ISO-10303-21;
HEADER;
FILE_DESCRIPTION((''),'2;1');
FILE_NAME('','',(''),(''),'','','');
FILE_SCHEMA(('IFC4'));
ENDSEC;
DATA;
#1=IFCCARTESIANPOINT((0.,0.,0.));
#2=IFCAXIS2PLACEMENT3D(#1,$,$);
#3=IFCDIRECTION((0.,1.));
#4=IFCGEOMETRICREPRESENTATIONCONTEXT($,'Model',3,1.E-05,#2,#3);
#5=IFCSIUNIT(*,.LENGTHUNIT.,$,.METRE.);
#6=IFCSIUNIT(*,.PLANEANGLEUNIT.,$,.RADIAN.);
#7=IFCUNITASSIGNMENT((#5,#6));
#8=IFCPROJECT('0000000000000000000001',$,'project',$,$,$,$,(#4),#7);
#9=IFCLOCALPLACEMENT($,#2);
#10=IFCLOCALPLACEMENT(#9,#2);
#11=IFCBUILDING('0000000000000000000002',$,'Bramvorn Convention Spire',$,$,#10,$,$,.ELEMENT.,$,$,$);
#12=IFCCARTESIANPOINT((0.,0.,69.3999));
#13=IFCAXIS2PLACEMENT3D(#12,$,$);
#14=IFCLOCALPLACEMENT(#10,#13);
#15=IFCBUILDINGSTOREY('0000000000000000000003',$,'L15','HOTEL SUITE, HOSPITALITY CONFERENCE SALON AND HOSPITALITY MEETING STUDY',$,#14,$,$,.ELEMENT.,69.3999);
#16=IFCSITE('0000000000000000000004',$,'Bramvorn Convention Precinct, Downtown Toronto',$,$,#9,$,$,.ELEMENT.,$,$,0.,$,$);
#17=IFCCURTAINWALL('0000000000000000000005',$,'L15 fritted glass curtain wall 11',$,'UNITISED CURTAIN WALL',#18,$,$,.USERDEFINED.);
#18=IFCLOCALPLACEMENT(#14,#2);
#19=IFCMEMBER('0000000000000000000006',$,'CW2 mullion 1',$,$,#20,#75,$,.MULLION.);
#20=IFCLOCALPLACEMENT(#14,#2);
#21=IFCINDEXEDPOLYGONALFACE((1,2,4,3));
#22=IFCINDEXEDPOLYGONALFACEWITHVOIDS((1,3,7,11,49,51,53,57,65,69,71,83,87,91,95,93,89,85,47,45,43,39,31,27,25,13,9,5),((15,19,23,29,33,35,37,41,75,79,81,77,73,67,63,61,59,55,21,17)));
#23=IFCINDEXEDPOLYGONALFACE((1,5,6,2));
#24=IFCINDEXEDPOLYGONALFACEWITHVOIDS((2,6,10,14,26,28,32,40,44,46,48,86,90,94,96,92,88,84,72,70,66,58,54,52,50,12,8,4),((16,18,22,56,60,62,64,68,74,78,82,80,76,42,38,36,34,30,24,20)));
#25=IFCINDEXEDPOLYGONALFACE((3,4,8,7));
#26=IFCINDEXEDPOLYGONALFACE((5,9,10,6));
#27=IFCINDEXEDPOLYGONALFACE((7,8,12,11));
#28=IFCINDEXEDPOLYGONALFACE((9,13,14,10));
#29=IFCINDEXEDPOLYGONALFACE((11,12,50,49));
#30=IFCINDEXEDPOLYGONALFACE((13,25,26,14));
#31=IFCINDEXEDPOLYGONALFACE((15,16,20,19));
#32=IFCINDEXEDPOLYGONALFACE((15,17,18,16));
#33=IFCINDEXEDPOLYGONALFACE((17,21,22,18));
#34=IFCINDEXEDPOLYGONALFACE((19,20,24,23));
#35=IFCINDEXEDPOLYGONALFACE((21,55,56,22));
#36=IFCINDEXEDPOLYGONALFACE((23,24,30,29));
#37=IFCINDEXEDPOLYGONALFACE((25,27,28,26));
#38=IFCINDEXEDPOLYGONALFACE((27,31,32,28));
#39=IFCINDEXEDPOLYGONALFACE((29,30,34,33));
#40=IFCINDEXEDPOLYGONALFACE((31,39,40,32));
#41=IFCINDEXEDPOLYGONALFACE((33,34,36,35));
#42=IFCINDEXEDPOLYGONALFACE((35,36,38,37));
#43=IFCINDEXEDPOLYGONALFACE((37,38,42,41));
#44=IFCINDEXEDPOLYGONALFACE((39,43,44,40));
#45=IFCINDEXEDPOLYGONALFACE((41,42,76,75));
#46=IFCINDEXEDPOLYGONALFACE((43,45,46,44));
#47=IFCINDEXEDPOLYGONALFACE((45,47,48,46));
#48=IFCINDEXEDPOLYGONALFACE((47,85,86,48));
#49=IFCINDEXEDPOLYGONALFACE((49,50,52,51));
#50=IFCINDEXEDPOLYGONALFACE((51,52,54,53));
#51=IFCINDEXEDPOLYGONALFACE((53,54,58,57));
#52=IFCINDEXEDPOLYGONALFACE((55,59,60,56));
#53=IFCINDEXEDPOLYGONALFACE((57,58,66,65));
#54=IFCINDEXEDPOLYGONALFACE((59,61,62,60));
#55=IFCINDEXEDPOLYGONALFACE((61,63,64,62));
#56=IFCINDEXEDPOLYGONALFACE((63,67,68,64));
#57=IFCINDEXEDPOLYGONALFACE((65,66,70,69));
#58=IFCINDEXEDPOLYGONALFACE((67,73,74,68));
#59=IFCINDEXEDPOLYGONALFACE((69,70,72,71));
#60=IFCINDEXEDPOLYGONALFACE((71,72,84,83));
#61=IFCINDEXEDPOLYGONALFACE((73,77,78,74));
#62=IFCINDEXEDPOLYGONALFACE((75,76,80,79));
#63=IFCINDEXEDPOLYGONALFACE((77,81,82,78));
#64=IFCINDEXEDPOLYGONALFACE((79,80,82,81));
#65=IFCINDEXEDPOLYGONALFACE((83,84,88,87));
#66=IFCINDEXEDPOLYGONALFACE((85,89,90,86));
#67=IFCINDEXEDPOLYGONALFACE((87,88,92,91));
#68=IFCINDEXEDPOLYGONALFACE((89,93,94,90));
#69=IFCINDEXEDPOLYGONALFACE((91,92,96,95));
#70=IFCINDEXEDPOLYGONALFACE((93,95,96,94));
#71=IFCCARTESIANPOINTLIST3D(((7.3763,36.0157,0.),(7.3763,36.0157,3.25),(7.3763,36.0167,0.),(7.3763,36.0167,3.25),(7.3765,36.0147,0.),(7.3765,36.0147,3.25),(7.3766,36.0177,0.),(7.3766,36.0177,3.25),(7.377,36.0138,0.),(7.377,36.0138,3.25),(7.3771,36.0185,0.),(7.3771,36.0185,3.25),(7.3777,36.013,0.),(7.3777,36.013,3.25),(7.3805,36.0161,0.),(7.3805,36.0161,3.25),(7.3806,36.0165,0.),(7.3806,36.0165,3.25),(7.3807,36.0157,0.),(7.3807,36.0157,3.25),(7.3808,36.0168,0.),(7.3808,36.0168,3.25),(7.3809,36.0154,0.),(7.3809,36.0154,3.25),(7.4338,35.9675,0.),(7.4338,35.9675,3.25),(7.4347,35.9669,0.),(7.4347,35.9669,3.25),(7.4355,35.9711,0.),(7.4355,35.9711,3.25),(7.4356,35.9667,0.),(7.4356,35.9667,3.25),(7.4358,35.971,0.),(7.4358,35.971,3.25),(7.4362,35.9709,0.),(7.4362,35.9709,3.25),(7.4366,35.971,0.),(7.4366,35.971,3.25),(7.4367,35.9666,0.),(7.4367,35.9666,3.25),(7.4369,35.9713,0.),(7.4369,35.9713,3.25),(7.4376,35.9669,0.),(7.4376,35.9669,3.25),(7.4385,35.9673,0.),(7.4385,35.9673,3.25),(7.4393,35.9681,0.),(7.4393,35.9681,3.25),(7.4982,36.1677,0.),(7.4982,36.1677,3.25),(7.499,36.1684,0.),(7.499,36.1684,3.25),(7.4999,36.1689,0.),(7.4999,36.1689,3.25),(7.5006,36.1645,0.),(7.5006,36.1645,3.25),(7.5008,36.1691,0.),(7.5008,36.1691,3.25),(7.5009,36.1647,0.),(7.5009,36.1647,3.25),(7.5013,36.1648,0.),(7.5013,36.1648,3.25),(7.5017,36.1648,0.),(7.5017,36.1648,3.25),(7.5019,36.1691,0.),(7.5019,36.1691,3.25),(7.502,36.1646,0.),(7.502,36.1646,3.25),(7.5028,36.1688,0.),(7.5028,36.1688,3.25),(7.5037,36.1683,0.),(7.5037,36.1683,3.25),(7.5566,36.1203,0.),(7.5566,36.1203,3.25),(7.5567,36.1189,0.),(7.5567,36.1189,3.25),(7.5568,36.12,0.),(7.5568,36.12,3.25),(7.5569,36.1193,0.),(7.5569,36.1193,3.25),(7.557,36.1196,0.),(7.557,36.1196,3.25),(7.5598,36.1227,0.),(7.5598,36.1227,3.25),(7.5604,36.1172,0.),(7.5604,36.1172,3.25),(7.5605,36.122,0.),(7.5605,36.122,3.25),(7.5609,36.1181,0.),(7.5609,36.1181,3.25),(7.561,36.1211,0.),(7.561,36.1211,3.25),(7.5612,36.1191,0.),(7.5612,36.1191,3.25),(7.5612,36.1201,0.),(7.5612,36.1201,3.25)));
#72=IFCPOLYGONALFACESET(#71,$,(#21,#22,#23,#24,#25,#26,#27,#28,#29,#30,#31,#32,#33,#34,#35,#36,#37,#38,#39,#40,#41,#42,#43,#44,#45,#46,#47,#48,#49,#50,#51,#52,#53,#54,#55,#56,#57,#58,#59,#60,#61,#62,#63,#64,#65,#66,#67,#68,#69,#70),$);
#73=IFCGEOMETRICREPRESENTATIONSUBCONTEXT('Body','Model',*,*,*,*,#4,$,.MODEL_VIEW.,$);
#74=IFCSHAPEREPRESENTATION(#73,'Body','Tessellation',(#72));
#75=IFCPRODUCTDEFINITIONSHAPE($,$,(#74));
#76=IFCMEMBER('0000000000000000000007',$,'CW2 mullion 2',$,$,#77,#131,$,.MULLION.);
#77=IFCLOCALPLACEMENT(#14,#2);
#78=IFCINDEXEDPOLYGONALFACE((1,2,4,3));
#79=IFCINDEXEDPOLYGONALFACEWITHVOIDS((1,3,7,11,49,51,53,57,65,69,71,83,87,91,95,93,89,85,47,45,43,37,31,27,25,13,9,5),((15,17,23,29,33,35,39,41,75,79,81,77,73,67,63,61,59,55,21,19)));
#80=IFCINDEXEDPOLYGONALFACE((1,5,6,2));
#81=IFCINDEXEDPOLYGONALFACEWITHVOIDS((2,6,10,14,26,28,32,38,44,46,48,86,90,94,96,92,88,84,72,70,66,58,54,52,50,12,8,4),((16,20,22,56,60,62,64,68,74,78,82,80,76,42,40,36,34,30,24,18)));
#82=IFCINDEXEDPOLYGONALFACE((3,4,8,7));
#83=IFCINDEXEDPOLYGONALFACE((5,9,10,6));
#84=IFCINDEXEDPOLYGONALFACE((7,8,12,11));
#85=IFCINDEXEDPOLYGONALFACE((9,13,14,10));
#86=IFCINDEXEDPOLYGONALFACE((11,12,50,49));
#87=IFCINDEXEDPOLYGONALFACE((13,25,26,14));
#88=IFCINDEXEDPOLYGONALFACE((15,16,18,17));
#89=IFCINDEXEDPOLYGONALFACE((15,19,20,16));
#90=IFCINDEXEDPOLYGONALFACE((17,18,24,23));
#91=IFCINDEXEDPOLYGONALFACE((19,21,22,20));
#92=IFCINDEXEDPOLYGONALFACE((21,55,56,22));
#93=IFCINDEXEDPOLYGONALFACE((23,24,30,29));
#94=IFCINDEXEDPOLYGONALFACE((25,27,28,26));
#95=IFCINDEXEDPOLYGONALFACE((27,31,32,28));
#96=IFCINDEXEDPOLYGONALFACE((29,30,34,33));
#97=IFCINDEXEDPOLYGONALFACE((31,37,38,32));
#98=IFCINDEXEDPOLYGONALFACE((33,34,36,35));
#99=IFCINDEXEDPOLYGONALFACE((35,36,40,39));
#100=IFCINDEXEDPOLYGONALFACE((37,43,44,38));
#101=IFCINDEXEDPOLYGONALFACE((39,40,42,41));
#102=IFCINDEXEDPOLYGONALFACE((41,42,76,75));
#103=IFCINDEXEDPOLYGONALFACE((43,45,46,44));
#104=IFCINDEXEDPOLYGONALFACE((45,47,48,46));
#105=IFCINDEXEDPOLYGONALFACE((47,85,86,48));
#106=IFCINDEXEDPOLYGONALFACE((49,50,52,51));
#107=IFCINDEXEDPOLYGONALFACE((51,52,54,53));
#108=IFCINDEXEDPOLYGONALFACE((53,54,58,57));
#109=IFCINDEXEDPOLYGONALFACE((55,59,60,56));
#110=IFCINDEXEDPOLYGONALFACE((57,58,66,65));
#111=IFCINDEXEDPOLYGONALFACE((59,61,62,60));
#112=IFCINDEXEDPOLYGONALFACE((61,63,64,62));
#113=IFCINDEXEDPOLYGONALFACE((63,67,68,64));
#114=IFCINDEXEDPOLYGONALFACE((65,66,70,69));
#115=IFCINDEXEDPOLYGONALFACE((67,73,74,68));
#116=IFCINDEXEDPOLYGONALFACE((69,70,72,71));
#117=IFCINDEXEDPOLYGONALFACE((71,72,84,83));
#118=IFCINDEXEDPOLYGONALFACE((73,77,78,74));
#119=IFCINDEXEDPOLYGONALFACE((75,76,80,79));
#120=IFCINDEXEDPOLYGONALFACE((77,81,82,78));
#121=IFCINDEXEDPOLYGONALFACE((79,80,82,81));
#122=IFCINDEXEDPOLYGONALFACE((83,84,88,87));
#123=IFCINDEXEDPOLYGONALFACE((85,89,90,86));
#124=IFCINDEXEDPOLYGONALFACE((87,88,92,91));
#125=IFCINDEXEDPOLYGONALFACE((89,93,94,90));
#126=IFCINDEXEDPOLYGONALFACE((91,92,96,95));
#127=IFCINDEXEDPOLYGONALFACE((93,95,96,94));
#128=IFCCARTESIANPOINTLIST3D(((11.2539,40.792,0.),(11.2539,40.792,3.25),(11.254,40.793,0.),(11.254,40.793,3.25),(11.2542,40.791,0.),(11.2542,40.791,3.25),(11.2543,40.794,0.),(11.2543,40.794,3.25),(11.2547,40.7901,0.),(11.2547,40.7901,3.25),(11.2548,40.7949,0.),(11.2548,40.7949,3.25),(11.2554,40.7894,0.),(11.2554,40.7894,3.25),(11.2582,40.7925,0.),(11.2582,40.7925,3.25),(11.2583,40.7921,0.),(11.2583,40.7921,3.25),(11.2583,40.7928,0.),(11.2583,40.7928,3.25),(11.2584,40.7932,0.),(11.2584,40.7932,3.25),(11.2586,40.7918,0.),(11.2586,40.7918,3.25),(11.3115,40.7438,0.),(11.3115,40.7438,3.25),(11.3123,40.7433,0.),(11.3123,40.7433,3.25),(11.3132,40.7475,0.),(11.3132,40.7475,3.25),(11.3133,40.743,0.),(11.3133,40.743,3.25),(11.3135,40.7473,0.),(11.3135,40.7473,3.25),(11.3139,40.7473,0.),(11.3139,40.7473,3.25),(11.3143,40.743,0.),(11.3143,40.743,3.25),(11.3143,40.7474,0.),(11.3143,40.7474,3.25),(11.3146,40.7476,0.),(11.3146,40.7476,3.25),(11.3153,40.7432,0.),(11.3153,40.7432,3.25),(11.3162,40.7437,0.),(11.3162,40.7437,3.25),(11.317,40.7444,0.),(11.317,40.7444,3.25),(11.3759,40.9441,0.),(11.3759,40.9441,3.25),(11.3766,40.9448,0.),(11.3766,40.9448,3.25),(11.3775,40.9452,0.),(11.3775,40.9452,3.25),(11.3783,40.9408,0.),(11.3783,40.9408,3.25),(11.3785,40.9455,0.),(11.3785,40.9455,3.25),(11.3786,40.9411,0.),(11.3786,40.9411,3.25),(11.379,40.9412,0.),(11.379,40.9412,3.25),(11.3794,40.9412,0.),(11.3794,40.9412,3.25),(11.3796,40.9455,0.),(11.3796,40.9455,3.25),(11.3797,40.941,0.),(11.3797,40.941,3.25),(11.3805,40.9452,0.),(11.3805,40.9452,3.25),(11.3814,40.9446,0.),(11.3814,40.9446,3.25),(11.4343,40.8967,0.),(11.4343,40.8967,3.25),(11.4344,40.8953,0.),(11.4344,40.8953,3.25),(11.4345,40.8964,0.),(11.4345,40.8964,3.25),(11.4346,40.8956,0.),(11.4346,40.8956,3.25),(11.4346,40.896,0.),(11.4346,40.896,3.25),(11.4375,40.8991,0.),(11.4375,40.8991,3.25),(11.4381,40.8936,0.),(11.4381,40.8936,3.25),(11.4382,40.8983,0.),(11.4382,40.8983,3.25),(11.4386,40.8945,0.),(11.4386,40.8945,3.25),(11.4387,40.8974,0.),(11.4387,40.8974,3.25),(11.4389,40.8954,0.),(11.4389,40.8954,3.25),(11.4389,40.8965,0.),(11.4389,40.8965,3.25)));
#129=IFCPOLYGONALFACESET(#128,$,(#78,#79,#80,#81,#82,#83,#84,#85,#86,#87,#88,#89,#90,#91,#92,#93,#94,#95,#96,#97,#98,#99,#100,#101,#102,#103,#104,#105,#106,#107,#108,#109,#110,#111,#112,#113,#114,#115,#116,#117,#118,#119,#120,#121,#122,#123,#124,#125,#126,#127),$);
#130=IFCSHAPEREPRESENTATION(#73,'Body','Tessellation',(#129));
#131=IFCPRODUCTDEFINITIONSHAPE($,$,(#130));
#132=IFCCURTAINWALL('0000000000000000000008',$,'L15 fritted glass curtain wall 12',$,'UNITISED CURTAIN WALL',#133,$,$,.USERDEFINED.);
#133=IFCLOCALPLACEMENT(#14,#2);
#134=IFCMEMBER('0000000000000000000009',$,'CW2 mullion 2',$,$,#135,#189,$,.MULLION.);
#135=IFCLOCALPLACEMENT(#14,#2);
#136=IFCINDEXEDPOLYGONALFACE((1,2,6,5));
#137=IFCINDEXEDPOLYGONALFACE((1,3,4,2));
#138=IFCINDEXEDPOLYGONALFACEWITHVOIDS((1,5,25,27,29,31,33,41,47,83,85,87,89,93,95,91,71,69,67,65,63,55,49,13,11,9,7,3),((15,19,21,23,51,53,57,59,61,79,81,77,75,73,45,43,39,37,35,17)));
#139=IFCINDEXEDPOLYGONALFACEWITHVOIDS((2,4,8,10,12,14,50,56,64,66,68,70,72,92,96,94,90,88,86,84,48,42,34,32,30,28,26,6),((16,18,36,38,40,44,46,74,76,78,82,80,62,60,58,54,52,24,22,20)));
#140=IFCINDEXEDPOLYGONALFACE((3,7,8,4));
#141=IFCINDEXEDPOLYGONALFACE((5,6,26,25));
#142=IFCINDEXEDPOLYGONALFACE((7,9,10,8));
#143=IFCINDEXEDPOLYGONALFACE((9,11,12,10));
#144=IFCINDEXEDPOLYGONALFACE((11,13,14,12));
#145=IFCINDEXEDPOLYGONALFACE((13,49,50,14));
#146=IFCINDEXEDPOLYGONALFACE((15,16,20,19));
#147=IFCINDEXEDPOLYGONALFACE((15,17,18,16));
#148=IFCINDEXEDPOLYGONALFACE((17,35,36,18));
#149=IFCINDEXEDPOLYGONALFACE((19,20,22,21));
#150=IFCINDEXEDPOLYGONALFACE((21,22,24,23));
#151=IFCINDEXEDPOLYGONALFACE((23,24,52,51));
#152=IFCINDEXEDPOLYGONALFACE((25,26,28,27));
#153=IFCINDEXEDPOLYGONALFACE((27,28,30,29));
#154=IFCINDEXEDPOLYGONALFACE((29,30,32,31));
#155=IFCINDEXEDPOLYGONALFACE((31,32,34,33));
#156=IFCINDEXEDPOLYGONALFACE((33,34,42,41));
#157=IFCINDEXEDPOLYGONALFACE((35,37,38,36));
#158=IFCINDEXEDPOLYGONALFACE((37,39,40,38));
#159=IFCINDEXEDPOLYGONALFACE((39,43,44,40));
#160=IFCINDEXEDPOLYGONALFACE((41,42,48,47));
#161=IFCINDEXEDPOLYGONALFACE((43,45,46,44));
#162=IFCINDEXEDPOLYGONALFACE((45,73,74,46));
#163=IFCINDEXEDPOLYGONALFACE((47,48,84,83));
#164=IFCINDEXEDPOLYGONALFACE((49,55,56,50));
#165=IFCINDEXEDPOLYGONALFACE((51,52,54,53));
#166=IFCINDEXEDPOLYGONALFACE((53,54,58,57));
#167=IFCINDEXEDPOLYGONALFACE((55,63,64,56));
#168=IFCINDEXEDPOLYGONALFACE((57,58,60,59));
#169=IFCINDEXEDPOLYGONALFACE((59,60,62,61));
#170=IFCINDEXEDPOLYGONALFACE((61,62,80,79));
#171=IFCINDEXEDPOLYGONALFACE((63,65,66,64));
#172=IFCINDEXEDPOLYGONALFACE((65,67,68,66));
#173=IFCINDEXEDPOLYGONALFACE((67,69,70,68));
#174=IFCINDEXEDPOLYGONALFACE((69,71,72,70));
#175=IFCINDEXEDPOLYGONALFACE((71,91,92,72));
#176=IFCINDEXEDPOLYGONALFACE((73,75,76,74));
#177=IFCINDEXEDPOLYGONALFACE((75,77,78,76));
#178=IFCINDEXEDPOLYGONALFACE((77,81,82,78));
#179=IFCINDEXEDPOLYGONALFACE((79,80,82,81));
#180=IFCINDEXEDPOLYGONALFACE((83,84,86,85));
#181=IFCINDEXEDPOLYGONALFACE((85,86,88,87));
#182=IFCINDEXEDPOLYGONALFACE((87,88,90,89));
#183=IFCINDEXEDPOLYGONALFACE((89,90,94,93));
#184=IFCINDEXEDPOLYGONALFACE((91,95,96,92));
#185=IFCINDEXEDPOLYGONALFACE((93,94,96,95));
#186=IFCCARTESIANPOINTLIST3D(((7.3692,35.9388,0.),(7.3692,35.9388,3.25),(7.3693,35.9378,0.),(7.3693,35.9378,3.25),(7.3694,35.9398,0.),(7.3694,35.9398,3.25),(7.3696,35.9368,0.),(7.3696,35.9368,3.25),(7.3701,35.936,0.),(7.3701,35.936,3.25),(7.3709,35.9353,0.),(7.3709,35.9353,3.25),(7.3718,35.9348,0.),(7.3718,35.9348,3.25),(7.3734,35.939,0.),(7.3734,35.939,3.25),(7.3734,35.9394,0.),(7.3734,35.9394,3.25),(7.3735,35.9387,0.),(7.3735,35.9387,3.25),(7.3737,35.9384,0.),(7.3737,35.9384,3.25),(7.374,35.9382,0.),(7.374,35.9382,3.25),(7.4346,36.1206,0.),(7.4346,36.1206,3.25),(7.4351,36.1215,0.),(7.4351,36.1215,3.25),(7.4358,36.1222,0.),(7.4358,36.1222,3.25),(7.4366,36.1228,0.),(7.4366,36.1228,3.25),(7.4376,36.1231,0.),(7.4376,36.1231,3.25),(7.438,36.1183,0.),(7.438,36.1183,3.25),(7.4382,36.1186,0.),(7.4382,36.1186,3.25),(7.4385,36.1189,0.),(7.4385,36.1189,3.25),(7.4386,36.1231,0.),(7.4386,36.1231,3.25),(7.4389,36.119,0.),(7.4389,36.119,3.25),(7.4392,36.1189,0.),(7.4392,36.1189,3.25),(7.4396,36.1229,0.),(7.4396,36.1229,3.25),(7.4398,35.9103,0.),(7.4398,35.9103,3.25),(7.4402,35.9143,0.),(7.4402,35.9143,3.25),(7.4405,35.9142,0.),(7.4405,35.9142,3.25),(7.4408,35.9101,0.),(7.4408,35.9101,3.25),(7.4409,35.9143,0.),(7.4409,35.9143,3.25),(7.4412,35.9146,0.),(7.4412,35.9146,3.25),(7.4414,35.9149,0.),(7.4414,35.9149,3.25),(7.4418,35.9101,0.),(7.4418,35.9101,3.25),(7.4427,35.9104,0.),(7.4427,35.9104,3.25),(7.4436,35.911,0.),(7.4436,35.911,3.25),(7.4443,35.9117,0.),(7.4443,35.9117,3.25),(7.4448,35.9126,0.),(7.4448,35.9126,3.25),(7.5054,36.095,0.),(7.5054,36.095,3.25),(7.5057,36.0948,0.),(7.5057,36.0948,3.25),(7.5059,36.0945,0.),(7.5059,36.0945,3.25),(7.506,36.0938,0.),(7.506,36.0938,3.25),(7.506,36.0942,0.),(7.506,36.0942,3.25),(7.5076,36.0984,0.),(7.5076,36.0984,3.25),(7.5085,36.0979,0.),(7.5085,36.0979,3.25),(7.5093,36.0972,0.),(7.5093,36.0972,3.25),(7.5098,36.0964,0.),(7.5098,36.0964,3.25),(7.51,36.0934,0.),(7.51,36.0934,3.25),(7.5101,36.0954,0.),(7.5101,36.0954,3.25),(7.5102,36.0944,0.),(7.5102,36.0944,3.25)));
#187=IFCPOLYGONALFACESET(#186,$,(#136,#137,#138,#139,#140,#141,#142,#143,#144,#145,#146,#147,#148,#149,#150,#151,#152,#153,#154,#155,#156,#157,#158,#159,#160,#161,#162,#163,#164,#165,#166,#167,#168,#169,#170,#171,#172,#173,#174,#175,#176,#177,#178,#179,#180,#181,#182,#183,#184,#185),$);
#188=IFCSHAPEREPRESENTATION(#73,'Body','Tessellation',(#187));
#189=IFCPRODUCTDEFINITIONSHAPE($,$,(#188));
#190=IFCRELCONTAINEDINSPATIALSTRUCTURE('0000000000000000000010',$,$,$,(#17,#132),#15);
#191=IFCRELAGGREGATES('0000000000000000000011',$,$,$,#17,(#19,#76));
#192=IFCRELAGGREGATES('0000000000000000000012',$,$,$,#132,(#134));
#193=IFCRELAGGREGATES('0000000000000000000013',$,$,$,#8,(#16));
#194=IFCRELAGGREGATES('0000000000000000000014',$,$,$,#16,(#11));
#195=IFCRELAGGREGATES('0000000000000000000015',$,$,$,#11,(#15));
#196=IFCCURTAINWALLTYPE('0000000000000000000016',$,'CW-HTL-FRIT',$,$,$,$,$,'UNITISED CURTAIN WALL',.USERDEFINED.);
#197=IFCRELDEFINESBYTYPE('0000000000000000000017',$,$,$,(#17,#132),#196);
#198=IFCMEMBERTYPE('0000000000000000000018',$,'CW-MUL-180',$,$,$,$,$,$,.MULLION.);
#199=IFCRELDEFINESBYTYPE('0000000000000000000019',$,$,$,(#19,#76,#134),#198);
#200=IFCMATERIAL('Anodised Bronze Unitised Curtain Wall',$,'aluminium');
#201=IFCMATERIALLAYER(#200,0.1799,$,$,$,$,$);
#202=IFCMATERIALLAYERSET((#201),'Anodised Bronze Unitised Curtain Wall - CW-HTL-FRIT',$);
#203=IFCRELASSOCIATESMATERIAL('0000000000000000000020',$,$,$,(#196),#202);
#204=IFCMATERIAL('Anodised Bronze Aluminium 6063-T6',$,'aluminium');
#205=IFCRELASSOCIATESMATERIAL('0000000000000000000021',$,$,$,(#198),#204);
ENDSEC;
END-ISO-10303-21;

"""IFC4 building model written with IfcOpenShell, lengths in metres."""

from ifc_helpers import new_model, si_unit, direction, frame, origin, origin_2d, place, context, subcontext, project, spatial, hollow_rectangle, extrude, material, layer, layer_set, material_profile, profile_set, type_object, element, aggregate, save


model = new_model("IFC4")

# Units and contexts
model_context = context("Model", 3, precision=1e-05, world=origin(), true_north=direction((0.0, 1.0)))
body_context = subcontext(model_context, "Body", "Model", "MODEL_VIEW")
ifc_project = project(units=[si_unit("LENGTHUNIT", "METRE"), si_unit("PLANEANGLEUNIT", "RADIAN")], contexts=[model_context])

# Site, building, storey
site_placement = place(None, origin())
site = spatial("IfcSite", under=ifc_project, at=site_placement, Name="Bramvorn Convention Precinct, Downtown Toronto", CompositionType="ELEMENT", RefElevation=0.0)
building_placement = place(site_placement, origin())
building = spatial("IfcBuilding", under=site, at=building_placement, Name="Bramvorn Convention Spire", CompositionType="ELEMENT")
storey_placement = place(building_placement, frame((0.0, 0.0, 69.3999)))
storey = spatial("IfcBuildingStorey", under=building, at=storey_placement, Name="L15", Description="HOTEL SUITE, HOSPITALITY CONFERENCE SALON AND HOSPITALITY MEETING STUDY", CompositionType="ELEMENT", Elevation=69.3999)

# Curtain wall, members
ifc_material_1 = material(Name="Anodised Bronze Unitised Curtain Wall", Category="aluminium")
ifc_layer_1 = layer(ifc_material_1, 0.1799)
ifc_layer_set_1 = layer_set([ifc_layer_1], Name="Anodised Bronze Unitised Curtain Wall - CW-HTL-FRIT")
curtain_wall_type = type_object("IfcCurtainWallType", Name="CW-HTL-FRIT", ElementType="UNITISED CURTAIN WALL", PredefinedType="USERDEFINED", material=ifc_layer_set_1)
curtain_wall_1_placement = place(storey_placement, origin())
curtain_wall_1 = element("IfcCurtainWall", 1, at=curtain_wall_1_placement, inside=storey, type_object=curtain_wall_type, Name="L15 fritted glass curtain wall 11", ObjectType="UNITISED CURTAIN WALL", PredefinedType="USERDEFINED")
ifc_material_2 = material(Name="Anodised Bronze Aluminium 6063-T6", Category="aluminium")
ifc_material_profile_1 = material_profile(ifc_material_2, hollow_rectangle(XDim=0.0801, YDim=0.2, WallThickness=0.0039, InnerFilletRadius=0.001, OuterFilletRadius=0.0039, at=origin_2d()))
ifc_profile_set_1 = profile_set([ifc_material_profile_1], Name="Anodised Bronze Aluminium 6063-T6 - CWM80X200")
member_type_1 = type_object("IfcMemberType", Name="CW-MUL-180", PredefinedType="MULLION", material=ifc_profile_set_1)
member_1_placement = place(storey_placement, frame((7.4688, 36.0679, 0.0), z_axis=(0.0, 0.0, 1.0), x_axis=(-0.77636, 0.63029, 0.0)))
member_1 = element("IfcMember", 2, at=member_1_placement, type_object=member_type_1, Name="CW2 mullion 1", PredefinedType="MULLION", context=body_context, shape_type="SweptSolid", body=[
    extrude(hollow_rectangle(XDim=0.0801, YDim=0.2, WallThickness=0.0039, InnerFilletRadius=0.001, OuterFilletRadius=0.0039, at=origin_2d()), origin(), (0.0, 0.0, 1.0), 3.25),
])
member_2_placement = place(storey_placement, frame((11.3464, 40.8442, 0.0), z_axis=(0.0, 0.0, 1.0), x_axis=(-0.77636, 0.63029, 0.0)))
member_2 = element("IfcMember", 3, at=member_2_placement, type_object=member_type_1, Name="CW2 mullion 2", PredefinedType="MULLION", context=body_context, shape_type="SweptSolid", body=[
    extrude(hollow_rectangle(XDim=0.0801, YDim=0.2, WallThickness=0.0039, InnerFilletRadius=0.001, OuterFilletRadius=0.0039, at=origin_2d()), origin(), (0.0, 0.0, 1.0), 3.25),
])

# Curtain wall, member
curtain_wall_2_placement = place(storey_placement, origin())
curtain_wall_2 = element("IfcCurtainWall", 4, at=curtain_wall_2_placement, inside=storey, type_object=curtain_wall_type, Name="L15 fritted glass curtain wall 12", ObjectType="UNITISED CURTAIN WALL", PredefinedType="USERDEFINED")
member_3_placement = place(storey_placement, frame((7.4397, 36.0166, 0.0), z_axis=(0.0, 0.0, 1.0), x_axis=(-0.940657, 0.339358, 0.0)))
member_3 = element("IfcMember", 5, at=member_3_placement, type_object=member_type_1, Name="CW2 mullion 2", PredefinedType="MULLION", context=body_context, shape_type="SweptSolid", body=[
    extrude(hollow_rectangle(XDim=0.0801, YDim=0.2, WallThickness=0.0039, InnerFilletRadius=0.001, OuterFilletRadius=0.0039, at=origin_2d()), origin(), (0.0, 0.0, 1.0), 3.25),
])

aggregate(curtain_wall_1, [member_1, member_2])
aggregate(curtain_wall_2, [member_3])

save(model, "model.ifc")
